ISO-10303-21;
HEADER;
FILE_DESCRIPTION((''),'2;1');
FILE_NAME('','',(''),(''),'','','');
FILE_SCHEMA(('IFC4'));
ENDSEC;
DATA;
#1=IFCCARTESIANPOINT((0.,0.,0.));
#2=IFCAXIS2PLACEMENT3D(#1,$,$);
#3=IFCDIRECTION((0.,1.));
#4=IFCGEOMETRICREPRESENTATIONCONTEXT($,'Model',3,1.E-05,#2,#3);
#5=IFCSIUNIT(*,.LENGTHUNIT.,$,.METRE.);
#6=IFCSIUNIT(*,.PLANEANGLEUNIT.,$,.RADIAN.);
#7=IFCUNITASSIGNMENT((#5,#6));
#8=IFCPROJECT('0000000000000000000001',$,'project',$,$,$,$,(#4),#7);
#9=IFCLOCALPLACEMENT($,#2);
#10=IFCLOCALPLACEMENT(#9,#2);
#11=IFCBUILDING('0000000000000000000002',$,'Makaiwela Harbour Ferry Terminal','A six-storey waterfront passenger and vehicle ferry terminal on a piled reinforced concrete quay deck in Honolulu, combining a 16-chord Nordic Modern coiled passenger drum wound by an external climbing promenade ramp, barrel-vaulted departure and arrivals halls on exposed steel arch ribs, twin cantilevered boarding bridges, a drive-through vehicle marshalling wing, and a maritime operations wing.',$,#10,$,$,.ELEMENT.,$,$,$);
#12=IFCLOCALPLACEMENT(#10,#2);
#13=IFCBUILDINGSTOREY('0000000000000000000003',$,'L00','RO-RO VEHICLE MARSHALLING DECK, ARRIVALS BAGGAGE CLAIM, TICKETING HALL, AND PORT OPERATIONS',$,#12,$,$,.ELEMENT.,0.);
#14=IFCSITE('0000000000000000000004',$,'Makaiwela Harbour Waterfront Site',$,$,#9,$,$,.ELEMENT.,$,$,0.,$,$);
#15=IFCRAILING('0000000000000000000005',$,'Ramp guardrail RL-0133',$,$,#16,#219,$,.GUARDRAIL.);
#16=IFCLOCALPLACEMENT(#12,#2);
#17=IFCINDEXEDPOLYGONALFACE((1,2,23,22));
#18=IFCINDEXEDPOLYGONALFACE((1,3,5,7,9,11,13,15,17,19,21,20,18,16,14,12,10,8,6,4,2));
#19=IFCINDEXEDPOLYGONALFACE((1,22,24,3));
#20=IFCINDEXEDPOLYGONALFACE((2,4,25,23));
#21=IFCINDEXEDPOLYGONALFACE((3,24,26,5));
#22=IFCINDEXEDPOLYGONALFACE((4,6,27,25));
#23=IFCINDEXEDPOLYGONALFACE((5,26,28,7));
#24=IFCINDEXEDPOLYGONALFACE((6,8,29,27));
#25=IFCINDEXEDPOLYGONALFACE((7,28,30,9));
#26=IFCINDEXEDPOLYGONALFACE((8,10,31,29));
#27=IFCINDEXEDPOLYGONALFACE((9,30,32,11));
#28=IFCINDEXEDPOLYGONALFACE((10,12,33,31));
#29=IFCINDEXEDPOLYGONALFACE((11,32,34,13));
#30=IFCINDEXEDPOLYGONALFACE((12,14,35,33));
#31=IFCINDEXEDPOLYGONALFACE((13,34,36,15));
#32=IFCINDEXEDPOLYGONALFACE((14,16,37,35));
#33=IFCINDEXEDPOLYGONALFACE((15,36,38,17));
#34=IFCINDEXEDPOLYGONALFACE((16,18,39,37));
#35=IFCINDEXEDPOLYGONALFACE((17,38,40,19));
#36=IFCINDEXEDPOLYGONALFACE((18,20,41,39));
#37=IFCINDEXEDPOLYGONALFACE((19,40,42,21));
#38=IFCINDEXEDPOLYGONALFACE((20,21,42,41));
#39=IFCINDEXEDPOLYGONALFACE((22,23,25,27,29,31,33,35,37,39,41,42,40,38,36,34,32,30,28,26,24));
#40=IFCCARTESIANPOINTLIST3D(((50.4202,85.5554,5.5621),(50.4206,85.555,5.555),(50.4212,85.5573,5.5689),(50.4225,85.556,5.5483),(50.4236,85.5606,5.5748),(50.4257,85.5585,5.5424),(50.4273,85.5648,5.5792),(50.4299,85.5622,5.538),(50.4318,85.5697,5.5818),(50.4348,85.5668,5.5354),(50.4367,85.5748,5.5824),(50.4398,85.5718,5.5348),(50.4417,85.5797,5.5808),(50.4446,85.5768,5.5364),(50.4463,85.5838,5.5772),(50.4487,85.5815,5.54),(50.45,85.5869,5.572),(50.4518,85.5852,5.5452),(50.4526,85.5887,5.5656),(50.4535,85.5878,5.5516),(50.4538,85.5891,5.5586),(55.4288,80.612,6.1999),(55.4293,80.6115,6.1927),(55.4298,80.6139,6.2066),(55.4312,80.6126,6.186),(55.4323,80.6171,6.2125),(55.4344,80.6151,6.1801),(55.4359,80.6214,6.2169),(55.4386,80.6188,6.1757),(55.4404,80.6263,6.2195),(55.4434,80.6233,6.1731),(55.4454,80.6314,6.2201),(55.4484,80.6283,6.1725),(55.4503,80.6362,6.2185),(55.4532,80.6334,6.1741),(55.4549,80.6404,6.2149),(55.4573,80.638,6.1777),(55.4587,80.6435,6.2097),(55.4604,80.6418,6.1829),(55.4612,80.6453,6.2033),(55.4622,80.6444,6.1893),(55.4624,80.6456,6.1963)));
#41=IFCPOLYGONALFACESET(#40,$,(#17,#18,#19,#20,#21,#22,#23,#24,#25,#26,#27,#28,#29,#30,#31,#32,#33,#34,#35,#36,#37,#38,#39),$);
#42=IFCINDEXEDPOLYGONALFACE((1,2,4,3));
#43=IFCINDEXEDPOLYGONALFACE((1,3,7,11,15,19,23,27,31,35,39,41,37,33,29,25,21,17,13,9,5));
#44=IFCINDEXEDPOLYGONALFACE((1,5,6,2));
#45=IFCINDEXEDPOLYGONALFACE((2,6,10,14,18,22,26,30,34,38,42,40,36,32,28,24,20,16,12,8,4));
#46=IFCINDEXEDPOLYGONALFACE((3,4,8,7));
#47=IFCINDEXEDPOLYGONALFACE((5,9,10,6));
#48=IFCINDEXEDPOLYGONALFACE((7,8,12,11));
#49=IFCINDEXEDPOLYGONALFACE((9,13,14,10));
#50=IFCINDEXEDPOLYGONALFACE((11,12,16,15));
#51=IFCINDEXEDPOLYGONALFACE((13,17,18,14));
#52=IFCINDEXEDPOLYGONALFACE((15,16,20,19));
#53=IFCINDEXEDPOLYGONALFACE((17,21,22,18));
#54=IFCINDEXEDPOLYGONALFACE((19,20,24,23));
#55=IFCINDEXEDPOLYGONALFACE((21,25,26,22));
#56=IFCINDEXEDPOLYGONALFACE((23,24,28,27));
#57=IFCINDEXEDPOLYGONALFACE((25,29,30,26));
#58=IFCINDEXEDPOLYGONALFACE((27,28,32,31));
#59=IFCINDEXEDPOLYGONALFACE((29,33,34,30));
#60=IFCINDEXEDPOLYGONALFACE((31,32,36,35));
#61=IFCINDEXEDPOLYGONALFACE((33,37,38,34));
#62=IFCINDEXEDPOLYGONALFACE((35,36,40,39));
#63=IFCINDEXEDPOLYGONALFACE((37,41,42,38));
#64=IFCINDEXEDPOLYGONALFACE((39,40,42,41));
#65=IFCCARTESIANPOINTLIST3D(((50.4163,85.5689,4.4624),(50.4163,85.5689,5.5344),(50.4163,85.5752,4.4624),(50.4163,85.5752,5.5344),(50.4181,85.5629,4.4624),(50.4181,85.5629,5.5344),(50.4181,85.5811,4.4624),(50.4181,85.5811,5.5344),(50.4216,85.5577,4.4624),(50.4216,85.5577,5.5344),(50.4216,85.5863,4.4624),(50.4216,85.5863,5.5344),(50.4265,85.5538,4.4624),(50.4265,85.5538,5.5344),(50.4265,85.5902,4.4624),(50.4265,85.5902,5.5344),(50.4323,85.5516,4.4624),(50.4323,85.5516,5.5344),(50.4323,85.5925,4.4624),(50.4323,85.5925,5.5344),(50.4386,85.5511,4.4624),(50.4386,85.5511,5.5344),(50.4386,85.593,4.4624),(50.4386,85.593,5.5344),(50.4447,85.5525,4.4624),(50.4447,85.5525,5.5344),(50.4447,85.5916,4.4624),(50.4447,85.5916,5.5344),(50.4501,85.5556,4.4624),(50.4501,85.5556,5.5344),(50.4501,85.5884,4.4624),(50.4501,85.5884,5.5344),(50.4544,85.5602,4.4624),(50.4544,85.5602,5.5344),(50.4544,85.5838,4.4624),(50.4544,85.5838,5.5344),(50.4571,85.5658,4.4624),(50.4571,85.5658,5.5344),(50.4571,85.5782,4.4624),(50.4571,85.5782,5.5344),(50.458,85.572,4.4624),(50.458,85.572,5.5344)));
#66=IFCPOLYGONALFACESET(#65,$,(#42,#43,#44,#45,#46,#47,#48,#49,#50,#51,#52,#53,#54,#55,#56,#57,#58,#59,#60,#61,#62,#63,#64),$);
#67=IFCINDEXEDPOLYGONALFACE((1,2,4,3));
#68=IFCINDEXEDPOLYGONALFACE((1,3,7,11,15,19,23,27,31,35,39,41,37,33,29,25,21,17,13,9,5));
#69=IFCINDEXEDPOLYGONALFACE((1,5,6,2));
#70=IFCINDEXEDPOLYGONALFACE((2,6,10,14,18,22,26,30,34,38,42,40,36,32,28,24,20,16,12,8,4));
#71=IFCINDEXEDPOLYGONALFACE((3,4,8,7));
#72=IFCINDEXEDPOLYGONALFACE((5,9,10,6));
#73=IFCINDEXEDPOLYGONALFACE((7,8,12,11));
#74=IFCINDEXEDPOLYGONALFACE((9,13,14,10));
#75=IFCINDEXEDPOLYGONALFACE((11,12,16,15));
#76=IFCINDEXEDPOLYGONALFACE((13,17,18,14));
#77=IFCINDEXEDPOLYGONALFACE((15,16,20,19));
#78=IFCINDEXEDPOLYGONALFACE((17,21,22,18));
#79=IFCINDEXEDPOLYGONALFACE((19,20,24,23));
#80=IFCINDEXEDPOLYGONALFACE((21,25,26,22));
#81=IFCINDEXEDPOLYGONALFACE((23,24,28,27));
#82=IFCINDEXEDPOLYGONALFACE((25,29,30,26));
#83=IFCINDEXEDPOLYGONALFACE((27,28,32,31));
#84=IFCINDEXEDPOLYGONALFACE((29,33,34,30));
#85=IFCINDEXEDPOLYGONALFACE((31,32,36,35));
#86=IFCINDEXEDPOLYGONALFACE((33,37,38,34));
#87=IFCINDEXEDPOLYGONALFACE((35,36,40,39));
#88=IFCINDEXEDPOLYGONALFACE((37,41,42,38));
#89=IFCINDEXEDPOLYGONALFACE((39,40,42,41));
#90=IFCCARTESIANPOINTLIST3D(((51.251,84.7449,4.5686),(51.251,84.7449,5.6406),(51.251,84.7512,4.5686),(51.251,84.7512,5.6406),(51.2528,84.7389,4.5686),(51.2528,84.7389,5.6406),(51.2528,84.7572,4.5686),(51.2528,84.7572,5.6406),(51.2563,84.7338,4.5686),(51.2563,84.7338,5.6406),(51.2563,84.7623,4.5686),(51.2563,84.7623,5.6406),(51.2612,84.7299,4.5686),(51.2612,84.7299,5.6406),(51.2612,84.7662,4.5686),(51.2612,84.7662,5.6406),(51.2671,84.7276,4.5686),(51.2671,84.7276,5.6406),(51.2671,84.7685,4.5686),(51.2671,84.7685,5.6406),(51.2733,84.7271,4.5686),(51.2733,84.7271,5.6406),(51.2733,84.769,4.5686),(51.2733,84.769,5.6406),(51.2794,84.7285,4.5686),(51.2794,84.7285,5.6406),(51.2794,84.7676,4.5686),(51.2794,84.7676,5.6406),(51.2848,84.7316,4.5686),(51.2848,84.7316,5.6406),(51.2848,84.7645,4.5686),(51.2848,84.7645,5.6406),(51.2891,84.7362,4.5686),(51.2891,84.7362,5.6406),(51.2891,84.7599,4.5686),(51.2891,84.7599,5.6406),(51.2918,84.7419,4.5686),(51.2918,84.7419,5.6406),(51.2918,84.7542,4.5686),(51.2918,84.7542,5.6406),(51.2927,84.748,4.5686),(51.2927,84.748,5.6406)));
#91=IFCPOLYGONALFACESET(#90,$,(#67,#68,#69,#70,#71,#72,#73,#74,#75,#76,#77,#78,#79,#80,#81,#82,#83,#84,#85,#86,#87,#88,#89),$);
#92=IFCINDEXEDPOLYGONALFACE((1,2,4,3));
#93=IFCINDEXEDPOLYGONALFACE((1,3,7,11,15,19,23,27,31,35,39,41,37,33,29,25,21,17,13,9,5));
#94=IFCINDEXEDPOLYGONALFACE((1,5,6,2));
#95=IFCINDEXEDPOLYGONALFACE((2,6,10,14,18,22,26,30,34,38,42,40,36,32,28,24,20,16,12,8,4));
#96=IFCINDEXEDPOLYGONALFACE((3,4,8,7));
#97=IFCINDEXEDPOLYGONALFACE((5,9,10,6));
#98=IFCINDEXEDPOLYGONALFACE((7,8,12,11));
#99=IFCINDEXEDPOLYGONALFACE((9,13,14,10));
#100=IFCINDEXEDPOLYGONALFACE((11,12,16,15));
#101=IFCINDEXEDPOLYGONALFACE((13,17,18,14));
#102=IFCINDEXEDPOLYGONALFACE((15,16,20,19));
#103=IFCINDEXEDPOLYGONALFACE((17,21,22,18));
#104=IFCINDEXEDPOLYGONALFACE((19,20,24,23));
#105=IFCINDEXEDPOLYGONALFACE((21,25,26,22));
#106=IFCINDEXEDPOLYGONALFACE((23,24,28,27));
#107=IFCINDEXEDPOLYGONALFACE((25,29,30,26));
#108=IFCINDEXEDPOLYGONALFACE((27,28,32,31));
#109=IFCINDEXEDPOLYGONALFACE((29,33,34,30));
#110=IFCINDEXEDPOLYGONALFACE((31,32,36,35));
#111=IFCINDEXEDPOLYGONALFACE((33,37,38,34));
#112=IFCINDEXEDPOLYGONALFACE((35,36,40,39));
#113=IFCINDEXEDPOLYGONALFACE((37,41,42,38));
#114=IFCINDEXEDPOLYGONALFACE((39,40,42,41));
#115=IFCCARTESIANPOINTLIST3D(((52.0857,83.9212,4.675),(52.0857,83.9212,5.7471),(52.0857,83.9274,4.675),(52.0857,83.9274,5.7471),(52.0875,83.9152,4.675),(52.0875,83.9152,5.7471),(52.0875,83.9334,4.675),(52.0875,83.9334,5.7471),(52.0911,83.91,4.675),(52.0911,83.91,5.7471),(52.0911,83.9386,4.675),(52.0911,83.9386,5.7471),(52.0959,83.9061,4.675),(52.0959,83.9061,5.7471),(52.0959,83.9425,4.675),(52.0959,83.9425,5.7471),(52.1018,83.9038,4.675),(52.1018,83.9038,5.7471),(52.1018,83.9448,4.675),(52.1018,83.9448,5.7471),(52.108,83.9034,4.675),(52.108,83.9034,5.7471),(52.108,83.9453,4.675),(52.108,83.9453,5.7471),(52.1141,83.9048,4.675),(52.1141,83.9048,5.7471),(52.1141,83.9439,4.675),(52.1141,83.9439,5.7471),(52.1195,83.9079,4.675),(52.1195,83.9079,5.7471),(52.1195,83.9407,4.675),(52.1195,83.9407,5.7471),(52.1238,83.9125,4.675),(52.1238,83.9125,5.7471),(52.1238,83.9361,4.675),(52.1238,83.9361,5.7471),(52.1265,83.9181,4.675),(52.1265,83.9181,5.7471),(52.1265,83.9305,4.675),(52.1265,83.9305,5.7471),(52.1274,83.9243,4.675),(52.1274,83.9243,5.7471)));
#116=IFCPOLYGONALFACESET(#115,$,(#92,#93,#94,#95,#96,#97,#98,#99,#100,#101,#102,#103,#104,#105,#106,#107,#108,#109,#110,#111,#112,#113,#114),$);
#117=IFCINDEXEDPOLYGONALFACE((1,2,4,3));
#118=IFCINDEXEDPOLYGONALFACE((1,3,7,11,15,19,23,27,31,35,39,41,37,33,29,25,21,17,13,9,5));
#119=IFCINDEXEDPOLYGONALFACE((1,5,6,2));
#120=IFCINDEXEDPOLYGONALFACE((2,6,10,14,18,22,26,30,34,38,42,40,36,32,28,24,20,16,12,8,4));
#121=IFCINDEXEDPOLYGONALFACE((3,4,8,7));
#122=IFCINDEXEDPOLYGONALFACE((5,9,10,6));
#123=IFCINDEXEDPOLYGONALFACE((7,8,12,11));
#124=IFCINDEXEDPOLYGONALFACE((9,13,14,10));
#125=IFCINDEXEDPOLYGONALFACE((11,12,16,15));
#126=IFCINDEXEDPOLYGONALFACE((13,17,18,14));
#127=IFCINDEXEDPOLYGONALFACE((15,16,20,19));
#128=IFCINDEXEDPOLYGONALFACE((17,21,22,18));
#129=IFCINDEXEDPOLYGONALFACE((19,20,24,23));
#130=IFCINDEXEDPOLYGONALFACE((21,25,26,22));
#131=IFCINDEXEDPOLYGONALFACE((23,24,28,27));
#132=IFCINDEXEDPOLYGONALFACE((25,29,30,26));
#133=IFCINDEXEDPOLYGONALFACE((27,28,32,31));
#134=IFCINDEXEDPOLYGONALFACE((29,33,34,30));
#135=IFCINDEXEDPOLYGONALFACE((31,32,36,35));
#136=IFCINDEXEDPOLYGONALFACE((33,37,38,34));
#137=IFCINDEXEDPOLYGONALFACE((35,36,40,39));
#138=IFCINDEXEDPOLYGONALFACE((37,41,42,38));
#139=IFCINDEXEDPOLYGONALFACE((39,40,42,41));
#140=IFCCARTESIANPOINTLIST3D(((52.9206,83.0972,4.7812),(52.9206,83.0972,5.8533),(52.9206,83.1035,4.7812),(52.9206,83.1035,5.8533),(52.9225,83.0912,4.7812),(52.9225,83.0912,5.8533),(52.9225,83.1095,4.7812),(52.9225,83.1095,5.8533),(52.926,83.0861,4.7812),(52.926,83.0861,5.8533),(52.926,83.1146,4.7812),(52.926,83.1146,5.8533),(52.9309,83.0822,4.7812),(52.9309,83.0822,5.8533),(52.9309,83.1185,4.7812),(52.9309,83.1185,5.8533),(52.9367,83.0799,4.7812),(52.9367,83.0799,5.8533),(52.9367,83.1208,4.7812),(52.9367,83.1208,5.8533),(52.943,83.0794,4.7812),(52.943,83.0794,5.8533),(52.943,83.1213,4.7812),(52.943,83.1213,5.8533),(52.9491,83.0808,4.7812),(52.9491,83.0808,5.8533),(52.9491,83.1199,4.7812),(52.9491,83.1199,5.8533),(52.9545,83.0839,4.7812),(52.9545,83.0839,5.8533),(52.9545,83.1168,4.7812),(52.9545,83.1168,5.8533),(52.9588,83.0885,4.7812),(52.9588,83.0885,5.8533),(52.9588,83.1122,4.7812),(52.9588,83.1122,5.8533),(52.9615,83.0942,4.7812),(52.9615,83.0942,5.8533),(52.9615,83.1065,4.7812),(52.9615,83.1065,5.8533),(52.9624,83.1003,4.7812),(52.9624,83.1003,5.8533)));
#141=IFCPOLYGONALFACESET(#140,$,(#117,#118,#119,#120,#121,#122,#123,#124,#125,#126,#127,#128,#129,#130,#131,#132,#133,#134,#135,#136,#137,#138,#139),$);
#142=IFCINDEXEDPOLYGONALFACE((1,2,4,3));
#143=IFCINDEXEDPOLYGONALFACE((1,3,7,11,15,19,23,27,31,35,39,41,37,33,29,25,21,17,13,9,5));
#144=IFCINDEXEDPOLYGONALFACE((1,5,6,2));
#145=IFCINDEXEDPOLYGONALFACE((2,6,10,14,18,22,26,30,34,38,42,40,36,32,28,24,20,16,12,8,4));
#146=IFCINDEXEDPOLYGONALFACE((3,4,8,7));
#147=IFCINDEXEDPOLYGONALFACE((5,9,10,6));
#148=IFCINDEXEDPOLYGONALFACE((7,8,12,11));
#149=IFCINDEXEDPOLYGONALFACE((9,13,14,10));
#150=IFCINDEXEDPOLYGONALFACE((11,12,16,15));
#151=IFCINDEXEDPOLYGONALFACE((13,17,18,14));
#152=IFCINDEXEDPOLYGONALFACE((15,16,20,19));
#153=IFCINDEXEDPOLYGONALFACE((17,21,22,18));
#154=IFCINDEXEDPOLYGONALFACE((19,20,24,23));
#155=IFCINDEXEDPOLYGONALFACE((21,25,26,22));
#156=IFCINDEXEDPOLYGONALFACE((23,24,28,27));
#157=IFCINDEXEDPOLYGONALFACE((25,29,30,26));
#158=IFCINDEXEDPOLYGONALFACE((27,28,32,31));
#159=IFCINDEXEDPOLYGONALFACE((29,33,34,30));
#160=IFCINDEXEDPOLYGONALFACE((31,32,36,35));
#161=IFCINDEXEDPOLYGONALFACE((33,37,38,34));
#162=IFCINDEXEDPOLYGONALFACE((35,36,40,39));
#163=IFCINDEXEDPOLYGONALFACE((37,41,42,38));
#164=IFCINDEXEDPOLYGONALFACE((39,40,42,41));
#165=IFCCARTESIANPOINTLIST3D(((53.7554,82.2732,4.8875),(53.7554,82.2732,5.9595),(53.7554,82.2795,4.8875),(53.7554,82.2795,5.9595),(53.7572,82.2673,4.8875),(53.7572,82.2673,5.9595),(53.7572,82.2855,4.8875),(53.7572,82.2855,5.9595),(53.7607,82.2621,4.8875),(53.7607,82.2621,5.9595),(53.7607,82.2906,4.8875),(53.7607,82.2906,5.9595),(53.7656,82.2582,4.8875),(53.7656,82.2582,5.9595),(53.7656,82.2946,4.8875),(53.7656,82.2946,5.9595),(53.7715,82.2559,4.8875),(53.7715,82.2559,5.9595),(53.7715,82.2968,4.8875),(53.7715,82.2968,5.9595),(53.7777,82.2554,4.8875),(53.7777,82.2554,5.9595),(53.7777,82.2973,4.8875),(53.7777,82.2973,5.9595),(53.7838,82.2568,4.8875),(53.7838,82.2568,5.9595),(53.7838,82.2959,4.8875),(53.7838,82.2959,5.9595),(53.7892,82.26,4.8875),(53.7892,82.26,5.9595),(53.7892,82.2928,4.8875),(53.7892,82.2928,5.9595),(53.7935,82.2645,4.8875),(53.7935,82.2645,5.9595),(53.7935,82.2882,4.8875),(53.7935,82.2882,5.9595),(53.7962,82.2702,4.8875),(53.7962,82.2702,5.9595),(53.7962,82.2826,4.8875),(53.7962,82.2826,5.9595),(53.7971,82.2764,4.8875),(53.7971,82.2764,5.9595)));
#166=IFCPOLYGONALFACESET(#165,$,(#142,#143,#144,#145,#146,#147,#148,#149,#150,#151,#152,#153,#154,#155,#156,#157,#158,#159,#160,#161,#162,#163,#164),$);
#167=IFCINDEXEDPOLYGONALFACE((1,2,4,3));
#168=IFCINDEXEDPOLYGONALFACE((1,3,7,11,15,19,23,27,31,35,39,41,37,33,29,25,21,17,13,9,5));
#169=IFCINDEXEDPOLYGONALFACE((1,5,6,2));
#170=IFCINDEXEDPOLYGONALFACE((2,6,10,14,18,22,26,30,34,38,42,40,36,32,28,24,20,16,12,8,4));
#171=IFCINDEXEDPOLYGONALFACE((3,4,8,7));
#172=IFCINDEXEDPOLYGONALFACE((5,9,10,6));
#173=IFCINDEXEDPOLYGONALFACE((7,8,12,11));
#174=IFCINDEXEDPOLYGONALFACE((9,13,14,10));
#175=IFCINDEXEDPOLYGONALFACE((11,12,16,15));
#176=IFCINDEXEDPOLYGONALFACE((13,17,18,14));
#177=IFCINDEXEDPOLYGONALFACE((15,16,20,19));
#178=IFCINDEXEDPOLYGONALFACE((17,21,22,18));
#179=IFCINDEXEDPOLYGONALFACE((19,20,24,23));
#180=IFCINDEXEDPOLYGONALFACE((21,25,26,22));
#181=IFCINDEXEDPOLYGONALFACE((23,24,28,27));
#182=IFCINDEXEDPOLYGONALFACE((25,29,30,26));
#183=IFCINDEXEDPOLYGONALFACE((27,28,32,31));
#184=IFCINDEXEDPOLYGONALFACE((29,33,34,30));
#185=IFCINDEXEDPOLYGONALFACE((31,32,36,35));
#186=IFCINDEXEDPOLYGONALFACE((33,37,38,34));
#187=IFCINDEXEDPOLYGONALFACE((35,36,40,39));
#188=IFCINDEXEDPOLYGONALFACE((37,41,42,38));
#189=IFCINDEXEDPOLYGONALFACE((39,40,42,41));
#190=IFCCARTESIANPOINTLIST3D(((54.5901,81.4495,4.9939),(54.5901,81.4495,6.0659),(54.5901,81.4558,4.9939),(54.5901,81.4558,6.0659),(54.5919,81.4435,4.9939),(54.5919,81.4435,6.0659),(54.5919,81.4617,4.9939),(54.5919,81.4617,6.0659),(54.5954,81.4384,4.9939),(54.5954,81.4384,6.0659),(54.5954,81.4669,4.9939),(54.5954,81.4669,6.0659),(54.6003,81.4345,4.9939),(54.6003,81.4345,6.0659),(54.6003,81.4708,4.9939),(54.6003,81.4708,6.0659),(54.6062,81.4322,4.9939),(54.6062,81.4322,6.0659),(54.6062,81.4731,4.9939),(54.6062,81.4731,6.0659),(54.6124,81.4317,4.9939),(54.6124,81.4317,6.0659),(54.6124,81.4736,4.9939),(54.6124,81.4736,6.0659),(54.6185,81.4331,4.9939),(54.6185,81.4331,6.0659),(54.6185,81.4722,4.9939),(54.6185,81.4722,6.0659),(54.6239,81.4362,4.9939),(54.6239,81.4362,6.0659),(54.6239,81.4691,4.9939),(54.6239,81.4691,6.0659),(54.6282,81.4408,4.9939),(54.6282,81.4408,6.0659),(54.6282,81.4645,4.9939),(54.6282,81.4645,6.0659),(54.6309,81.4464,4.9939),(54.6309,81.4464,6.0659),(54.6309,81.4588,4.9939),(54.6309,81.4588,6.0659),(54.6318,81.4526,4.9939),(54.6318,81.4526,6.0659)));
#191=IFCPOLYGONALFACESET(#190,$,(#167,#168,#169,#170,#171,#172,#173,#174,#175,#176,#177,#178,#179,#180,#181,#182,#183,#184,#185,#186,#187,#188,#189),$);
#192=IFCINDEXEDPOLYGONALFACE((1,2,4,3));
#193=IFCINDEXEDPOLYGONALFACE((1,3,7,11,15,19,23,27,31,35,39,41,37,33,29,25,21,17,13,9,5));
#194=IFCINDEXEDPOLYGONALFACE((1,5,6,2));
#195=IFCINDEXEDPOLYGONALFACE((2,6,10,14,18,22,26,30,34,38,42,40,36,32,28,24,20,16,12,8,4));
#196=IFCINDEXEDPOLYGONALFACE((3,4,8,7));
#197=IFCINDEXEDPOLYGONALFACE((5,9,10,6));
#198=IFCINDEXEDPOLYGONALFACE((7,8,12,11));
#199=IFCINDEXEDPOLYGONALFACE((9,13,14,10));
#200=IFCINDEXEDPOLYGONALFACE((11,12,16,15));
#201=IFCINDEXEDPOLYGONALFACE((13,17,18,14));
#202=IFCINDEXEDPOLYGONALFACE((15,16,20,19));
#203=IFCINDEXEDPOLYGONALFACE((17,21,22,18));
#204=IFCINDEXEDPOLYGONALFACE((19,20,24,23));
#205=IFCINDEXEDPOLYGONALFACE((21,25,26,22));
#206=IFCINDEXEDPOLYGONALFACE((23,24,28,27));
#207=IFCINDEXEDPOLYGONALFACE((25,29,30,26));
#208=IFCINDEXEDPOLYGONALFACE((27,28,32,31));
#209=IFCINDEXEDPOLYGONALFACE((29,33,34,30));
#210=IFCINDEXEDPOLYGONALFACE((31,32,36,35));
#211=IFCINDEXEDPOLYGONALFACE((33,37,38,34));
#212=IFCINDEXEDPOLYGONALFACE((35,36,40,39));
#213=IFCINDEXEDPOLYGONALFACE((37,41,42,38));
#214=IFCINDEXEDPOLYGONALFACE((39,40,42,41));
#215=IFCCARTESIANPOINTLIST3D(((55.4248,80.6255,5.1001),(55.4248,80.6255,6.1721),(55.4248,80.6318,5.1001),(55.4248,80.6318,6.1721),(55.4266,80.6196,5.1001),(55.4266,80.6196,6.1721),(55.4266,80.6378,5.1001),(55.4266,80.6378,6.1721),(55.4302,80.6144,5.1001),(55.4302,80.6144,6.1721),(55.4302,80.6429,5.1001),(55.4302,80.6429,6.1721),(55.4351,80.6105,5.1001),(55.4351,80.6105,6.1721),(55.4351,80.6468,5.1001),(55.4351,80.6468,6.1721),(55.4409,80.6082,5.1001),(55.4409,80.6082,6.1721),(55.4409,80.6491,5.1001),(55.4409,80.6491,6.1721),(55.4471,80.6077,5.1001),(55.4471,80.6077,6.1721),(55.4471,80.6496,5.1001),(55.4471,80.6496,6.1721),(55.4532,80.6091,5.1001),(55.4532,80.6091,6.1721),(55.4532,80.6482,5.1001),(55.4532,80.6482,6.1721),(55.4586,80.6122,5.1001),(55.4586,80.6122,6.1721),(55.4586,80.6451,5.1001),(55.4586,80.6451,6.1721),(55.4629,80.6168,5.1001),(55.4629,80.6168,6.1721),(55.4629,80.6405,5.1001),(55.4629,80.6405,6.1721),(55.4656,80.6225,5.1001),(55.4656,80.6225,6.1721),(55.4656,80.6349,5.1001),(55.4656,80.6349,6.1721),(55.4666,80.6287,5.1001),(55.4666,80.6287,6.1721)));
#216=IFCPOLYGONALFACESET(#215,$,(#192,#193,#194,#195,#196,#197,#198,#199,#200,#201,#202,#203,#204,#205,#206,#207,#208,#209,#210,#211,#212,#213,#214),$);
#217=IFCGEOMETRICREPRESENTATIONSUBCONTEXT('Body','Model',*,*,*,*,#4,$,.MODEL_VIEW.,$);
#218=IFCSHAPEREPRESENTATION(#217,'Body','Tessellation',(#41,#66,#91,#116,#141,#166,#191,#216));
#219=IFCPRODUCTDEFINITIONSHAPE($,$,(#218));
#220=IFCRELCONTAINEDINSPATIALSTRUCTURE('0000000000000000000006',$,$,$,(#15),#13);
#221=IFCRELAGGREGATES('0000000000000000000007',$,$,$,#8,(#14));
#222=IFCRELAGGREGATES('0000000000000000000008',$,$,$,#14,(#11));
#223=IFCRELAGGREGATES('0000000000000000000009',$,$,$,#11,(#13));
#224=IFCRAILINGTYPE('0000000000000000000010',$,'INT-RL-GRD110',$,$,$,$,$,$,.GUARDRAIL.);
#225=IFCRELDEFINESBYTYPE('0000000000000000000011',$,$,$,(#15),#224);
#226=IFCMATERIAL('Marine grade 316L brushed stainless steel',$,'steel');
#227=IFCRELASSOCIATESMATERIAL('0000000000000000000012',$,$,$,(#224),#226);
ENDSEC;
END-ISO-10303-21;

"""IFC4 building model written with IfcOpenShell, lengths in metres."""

from ifc_helpers import new_model, si_unit, direction, frame, origin, origin_2d, place, context, subcontext, project, spatial, circle, extrude, material, type_object, element, save


model = new_model("IFC4")

# Units and contexts
model_context = context("Model", 3, precision=1e-05, world=origin(), true_north=direction((0.0, 1.0)))
body_context = subcontext(model_context, "Body", "Model", "MODEL_VIEW")
ifc_project = project(units=[si_unit("LENGTHUNIT", "METRE"), si_unit("PLANEANGLEUNIT", "RADIAN")], contexts=[model_context])

# Site, building, storey
site_placement = place(None, origin())
site = spatial("IfcSite", under=ifc_project, at=site_placement, Name="Makaiwela Harbour Waterfront Site", CompositionType="ELEMENT", RefElevation=0.0)
building_placement = place(site_placement, origin())
building = spatial("IfcBuilding", under=site, at=building_placement, Name="Makaiwela Harbour Ferry Terminal", Description="A six-storey waterfront passenger and vehicle ferry terminal on a piled reinforced concrete quay deck in Honolulu, combining a 16-chord Nordic Modern coiled passenger drum wound by an external climbing promenade ramp, barrel-vaulted departure and arrivals halls on exposed steel arch ribs, twin cantilevered boarding bridges, a drive-through vehicle marshalling wing, and a maritime operations wing.", CompositionType="ELEMENT")
storey_placement = place(building_placement, origin())
storey = spatial("IfcBuildingStorey", under=building, at=storey_placement, Name="L00", Description="RO-RO VEHICLE MARSHALLING DECK, ARRIVALS BAGGAGE CLAIM, TICKETING HALL, AND PORT OPERATIONS", CompositionType="ELEMENT", Elevation=0.0)

# Railing
ifc_material_1 = material(Name="Marine grade 316L brushed stainless steel", Category="steel")
railing_type_1 = type_object("IfcRailingType", Name="INT-RL-GRD110", PredefinedType="GUARDRAIL", material=ifc_material_1)
railing_1_placement = place(storey_placement, frame((50.437, 85.572, 4.4624)))
element("IfcRailing", 1, at=railing_1_placement, inside=storey, type_object=railing_type_1, Name="Ramp guardrail RL-0133", PredefinedType="GUARDRAIL", context=body_context, shape_type="SweptSolid", body=[
    extrude(circle(Radius=0.0239, at=origin_2d()), frame((0.0, 0.0, 1.0962), z_axis=(0.708819, -0.699594, 0.090248), x_axis=(0.70246, 0.711723, 0.0)), (0.0, 0.0, 1.0), 7.0662),
    extrude(circle(Radius=0.021, at=origin_2d()), origin(), (0.0, 0.0, 1.0), 1.072),
    extrude(circle(Radius=0.021, at=origin_2d()), frame((0.8347, -0.824, 0.1062)), (0.0, 0.0, 1.0), 1.072),
    extrude(circle(Radius=0.021, at=origin_2d()), frame((1.6694, -1.6477, 0.2126)), (0.0, 0.0, 1.0), 1.072),
    extrude(circle(Radius=0.021, at=origin_2d()), frame((2.5044, -2.4717, 0.3188)), (0.0, 0.0, 1.0), 1.072),
    extrude(circle(Radius=0.021, at=origin_2d()), frame((3.3391, -3.2957, 0.425)), (0.0, 0.0, 1.0), 1.072),
    extrude(circle(Radius=0.021, at=origin_2d()), frame((4.1738, -4.1194, 0.5315)), (0.0, 0.0, 1.0), 1.072),
    extrude(circle(Radius=0.021, at=origin_2d()), frame((5.0085, -4.9434, 0.6377)), (0.0, 0.0, 1.0), 1.072),
])

save(model, "model.ifc")
